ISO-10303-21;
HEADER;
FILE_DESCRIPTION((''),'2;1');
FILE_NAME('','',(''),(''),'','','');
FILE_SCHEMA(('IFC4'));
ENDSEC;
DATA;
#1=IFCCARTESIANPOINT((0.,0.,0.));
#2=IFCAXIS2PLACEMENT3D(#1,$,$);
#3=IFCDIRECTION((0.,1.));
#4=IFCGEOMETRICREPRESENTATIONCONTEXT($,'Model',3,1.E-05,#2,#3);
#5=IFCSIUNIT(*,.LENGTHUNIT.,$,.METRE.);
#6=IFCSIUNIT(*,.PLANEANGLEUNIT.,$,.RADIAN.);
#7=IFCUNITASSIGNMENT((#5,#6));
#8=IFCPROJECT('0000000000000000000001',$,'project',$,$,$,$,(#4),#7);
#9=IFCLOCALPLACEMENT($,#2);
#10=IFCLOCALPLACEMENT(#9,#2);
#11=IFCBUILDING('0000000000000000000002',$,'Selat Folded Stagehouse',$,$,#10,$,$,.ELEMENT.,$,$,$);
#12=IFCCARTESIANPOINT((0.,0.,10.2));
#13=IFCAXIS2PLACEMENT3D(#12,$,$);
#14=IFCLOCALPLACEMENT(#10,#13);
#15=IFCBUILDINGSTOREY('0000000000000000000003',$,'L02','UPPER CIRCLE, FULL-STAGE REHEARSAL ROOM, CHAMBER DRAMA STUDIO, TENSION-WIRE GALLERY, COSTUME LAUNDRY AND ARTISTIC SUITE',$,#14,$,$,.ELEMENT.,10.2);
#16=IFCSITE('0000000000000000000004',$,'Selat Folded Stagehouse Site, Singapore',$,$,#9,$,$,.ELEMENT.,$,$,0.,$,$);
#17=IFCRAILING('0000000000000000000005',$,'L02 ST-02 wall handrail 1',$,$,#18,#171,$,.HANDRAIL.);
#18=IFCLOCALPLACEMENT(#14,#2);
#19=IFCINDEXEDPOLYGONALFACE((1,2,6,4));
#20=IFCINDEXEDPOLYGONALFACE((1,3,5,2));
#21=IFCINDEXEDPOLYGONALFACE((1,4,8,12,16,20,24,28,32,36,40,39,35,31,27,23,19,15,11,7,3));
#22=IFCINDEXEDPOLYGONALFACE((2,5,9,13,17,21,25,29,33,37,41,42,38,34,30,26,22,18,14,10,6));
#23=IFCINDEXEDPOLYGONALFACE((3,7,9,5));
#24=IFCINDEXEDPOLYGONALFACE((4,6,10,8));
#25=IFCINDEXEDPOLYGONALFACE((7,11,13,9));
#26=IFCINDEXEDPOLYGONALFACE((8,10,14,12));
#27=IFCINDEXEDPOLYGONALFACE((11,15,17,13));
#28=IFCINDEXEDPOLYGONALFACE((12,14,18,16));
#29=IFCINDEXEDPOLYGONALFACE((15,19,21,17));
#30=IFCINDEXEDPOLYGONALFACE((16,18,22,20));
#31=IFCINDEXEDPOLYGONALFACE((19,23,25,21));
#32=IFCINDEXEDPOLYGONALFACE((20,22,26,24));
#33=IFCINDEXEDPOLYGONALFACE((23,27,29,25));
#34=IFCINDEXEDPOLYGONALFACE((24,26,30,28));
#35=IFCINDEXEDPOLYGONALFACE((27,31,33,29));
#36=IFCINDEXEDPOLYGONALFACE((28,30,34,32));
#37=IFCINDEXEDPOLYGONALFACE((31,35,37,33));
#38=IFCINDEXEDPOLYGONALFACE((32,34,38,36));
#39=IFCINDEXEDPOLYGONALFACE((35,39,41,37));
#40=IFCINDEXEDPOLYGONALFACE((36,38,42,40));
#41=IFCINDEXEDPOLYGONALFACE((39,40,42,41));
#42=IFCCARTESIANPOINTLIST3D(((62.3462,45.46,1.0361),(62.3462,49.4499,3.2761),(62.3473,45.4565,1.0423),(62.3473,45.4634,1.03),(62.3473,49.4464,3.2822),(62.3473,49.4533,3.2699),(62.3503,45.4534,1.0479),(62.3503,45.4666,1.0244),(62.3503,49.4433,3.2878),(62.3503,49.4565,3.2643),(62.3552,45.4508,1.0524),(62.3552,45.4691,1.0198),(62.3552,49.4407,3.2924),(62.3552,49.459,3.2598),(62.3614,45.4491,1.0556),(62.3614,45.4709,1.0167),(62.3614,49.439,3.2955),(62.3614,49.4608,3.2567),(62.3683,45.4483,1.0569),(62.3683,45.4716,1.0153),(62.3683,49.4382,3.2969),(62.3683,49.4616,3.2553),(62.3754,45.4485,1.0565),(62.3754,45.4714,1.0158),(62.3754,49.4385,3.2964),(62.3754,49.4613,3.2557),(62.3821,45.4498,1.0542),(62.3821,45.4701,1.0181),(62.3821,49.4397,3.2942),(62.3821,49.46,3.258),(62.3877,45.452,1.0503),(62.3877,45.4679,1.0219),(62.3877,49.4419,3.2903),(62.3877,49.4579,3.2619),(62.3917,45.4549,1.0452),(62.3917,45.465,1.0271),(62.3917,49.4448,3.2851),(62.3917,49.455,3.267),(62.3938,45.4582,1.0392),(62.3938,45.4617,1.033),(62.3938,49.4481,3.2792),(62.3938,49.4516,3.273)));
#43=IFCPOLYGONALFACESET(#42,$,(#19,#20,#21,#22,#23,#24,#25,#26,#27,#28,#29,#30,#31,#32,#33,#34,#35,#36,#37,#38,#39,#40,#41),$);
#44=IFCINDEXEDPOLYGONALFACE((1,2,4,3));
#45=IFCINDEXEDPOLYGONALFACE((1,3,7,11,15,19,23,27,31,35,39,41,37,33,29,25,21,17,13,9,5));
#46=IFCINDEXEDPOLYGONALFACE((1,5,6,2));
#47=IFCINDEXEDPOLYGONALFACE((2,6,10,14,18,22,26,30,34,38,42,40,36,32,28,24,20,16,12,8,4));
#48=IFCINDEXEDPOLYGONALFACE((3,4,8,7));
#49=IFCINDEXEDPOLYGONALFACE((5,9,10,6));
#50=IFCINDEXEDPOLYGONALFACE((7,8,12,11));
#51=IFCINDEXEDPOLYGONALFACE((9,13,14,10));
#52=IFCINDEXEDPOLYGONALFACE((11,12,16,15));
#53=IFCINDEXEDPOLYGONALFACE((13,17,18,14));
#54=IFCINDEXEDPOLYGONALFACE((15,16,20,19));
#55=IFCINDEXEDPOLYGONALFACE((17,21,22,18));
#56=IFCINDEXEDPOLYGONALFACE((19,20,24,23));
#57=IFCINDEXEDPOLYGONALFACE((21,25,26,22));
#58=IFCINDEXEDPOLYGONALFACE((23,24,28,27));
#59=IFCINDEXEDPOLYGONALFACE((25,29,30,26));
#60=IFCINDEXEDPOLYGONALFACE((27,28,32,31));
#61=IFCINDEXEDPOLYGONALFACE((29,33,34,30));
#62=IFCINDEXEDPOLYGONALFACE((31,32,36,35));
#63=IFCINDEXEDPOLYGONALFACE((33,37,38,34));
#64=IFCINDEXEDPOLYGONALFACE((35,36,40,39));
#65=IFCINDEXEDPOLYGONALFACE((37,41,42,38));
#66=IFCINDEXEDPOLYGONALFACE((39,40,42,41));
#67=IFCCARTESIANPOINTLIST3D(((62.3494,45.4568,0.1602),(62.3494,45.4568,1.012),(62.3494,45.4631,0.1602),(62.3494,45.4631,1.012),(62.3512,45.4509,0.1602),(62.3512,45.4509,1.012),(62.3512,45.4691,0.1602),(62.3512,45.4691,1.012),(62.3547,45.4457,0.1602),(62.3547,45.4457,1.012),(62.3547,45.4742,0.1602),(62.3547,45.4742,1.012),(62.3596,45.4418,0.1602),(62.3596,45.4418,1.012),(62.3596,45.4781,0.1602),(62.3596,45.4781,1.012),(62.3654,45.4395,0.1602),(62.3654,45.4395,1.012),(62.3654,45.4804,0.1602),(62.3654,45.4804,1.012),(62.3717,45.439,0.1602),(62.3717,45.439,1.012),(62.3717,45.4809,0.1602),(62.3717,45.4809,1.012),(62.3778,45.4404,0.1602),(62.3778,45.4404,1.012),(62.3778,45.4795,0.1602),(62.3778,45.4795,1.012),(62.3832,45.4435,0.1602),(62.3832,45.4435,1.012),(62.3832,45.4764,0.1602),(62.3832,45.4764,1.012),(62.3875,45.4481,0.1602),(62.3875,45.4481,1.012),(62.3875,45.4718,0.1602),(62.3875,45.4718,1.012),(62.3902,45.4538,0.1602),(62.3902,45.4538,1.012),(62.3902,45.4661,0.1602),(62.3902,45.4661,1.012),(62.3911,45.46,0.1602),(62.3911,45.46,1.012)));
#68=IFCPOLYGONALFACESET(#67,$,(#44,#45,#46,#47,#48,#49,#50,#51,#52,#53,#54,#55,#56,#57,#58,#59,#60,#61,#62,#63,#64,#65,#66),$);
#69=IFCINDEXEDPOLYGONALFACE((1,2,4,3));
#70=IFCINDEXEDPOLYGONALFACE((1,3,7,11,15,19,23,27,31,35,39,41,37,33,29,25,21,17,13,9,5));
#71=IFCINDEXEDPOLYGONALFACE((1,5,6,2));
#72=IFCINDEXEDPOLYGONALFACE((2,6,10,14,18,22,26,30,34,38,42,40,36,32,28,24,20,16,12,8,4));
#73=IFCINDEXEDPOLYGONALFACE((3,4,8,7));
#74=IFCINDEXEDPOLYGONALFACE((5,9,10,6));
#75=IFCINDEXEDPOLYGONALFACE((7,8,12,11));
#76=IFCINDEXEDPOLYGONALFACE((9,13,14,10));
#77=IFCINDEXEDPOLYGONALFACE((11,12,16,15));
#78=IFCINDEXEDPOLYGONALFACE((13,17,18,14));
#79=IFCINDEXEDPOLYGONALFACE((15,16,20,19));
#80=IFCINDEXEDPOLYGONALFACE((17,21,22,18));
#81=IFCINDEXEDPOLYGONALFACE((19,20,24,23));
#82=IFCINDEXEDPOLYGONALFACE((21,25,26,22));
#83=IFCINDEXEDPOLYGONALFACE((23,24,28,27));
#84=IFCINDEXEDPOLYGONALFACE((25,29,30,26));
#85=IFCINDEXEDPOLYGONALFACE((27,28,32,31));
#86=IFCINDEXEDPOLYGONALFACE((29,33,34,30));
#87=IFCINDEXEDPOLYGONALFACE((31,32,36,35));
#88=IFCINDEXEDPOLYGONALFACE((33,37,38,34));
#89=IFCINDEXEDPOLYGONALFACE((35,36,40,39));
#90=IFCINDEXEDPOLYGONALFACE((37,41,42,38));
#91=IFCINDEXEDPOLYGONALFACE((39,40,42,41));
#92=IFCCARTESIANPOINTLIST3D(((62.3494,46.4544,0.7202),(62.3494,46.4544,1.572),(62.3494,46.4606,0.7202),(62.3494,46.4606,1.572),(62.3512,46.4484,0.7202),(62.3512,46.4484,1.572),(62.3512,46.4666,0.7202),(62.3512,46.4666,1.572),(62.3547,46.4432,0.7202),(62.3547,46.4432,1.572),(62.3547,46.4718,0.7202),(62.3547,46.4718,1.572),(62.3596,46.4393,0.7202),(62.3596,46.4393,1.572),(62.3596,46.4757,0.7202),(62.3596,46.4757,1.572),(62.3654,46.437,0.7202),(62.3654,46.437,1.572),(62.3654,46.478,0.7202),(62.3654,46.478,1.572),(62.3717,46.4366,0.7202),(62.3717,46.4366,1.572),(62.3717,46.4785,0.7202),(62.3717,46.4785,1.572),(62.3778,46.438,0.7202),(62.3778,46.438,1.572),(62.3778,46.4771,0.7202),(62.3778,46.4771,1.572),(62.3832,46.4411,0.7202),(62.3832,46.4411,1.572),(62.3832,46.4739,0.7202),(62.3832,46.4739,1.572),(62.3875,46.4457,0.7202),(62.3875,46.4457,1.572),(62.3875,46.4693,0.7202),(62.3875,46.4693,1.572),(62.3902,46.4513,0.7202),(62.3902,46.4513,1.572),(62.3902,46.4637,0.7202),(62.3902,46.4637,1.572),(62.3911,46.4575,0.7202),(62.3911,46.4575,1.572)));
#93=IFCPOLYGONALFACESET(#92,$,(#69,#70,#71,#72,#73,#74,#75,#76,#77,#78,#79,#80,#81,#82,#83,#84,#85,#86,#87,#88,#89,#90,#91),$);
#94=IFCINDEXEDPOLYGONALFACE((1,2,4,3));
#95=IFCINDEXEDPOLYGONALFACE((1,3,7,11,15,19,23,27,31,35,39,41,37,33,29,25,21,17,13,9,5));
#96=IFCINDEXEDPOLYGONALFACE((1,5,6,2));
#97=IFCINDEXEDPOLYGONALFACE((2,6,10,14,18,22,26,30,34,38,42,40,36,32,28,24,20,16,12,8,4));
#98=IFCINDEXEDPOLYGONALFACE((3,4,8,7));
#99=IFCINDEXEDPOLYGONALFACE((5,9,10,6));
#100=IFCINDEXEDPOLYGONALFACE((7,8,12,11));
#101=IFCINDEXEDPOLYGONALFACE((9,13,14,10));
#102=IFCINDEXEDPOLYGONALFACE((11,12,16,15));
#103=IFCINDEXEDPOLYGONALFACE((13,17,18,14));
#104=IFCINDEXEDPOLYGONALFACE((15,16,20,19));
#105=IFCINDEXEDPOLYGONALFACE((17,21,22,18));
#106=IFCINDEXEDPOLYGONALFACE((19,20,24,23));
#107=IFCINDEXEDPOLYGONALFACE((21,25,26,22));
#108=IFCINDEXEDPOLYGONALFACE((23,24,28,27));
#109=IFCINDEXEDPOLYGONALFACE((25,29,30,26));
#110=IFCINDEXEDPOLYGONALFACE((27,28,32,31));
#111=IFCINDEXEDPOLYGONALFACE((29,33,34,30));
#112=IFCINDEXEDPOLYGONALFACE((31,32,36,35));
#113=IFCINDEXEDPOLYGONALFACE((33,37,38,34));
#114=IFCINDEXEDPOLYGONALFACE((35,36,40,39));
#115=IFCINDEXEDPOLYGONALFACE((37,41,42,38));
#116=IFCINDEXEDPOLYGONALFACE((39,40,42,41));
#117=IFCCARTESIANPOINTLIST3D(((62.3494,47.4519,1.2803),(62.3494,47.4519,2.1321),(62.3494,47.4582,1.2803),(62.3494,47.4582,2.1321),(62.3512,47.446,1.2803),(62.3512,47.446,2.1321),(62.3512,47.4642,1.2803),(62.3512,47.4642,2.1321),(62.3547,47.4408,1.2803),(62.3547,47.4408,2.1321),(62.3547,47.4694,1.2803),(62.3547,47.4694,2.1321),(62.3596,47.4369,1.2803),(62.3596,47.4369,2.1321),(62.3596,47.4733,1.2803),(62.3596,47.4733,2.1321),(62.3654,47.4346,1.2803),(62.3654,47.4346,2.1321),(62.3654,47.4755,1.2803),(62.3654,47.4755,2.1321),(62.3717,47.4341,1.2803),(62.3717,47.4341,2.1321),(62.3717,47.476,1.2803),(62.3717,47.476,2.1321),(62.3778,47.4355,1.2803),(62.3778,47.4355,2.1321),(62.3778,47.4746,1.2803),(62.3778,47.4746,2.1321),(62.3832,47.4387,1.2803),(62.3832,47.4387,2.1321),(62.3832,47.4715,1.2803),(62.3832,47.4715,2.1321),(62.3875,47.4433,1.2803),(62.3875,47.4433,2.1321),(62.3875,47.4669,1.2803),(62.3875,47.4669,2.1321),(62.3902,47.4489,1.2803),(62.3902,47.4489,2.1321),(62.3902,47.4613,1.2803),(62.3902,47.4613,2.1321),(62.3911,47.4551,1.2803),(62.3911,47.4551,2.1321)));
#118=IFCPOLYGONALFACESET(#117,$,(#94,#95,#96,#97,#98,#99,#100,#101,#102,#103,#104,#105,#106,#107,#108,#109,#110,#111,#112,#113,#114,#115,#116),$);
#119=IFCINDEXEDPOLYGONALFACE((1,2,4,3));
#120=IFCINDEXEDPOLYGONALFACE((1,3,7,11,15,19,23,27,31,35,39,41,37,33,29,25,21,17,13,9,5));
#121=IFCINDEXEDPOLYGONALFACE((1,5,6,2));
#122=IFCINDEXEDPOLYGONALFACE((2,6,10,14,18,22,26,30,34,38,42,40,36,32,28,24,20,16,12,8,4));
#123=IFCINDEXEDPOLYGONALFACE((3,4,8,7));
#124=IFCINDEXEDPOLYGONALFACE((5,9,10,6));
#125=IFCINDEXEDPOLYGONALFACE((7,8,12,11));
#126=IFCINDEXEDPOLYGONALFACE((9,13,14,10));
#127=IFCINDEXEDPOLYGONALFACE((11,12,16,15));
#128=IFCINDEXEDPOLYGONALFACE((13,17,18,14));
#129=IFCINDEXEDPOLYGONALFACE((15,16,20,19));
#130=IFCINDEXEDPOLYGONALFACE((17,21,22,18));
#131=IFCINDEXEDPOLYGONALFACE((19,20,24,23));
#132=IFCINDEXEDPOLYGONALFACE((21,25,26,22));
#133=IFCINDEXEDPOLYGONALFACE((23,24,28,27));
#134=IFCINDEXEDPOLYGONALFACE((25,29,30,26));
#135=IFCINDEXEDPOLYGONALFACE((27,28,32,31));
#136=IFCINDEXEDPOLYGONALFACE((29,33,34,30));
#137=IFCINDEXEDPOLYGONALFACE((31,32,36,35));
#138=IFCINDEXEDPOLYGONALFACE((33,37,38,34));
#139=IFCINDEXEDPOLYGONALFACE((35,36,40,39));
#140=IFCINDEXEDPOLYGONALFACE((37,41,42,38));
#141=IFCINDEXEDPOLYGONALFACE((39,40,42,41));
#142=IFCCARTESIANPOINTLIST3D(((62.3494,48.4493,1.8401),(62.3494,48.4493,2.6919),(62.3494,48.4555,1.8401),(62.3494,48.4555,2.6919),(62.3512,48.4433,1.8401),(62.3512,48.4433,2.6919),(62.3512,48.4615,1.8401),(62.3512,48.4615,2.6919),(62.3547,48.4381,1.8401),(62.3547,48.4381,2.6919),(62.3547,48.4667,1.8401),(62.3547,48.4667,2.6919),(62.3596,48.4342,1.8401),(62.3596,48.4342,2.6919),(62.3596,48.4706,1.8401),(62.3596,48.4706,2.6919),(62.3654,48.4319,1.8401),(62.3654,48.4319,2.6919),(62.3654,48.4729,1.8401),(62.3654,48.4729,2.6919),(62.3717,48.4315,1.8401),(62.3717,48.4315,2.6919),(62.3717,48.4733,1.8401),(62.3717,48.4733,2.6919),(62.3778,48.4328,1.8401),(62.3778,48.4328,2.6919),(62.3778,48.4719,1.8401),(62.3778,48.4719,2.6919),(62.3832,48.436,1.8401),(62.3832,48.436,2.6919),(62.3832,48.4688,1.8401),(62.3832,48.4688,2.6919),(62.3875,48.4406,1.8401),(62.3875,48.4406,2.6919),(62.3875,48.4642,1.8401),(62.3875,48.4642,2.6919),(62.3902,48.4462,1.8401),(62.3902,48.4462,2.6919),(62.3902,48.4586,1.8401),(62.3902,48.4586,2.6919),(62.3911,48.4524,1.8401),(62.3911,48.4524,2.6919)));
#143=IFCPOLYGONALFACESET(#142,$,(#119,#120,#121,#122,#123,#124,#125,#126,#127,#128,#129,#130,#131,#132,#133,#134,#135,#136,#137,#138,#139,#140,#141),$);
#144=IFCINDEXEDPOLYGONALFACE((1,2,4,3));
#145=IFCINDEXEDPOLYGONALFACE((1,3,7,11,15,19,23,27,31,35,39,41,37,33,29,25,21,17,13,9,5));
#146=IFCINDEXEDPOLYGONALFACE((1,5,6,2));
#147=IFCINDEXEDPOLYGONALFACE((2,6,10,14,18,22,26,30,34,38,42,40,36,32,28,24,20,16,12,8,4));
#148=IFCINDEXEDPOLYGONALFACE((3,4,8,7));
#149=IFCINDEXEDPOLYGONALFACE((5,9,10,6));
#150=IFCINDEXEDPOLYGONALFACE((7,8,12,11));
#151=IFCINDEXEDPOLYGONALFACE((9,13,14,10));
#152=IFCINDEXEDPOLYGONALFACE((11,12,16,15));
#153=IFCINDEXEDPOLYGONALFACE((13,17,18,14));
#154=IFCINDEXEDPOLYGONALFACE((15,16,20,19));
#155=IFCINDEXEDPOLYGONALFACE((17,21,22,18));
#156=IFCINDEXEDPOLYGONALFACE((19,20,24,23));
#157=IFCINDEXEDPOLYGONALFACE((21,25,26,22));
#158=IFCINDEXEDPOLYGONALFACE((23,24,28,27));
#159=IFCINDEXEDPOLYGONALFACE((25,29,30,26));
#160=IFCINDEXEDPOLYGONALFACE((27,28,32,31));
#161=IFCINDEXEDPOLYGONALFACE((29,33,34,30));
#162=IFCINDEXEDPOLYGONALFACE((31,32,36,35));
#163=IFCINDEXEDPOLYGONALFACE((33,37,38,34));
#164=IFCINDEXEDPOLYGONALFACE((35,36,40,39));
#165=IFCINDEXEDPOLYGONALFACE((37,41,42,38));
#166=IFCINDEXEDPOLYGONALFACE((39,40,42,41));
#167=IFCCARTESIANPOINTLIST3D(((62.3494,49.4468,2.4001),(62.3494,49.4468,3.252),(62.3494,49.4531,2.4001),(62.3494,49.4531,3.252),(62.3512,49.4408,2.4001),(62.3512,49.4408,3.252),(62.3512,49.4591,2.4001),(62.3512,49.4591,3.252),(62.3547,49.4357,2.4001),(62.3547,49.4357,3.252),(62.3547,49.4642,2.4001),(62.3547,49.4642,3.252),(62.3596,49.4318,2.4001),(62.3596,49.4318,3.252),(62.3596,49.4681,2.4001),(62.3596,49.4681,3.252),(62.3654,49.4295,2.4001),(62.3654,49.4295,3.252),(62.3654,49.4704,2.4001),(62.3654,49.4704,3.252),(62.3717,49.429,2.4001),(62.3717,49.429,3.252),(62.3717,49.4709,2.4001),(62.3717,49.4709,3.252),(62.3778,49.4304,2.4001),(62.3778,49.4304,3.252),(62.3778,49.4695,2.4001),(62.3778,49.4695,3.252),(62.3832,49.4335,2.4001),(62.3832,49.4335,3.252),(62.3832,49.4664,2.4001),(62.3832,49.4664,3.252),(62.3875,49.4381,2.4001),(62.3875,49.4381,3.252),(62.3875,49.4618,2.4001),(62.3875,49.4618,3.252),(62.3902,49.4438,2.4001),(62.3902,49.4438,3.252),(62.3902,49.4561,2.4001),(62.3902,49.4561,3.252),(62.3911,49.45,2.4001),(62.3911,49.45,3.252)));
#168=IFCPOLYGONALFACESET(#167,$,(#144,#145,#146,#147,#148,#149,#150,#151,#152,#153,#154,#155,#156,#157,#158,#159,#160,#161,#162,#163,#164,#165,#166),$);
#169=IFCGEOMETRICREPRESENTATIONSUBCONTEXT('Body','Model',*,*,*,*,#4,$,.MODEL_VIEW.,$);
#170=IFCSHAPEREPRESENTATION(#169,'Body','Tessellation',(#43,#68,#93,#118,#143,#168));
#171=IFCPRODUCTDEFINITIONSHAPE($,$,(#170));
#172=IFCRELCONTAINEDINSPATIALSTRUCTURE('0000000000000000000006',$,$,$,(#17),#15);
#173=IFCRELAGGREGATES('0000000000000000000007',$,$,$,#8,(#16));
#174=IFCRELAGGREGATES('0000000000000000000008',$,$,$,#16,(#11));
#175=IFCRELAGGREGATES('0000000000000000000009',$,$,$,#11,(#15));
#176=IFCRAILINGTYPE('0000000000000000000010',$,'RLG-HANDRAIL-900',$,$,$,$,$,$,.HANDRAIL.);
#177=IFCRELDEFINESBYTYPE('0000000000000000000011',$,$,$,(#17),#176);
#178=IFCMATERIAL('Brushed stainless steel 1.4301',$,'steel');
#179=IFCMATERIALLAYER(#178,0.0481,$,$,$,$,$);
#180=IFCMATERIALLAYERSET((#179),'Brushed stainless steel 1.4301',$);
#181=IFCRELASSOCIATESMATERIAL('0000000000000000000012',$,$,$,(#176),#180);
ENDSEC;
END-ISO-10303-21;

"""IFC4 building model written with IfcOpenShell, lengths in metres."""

from ifc_helpers import new_model, si_unit, direction, frame, origin, origin_2d, place, context, subcontext, project, spatial, circle, extrude, material, layer, layer_set, type_object, element, save


model = new_model("IFC4")

# Units and contexts
model_context = context("Model", 3, precision=1e-05, world=origin(), true_north=direction((0.0, 1.0)))
body_context = subcontext(model_context, "Body", "Model", "MODEL_VIEW")
ifc_project = project(units=[si_unit("LENGTHUNIT", "METRE"), si_unit("PLANEANGLEUNIT", "RADIAN")], contexts=[model_context])

# Site, building, storey
site_placement = place(None, origin())
site = spatial("IfcSite", under=ifc_project, at=site_placement, Name="Selat Folded Stagehouse Site, Singapore", CompositionType="ELEMENT", RefElevation=0.0)
building_placement = place(site_placement, origin())
building = spatial("IfcBuilding", under=site, at=building_placement, Name="Selat Folded Stagehouse", CompositionType="ELEMENT")
storey_placement = place(building_placement, frame((0.0, 0.0, 10.2)))
storey = spatial("IfcBuildingStorey", under=building, at=storey_placement, Name="L02", Description="UPPER CIRCLE, FULL-STAGE REHEARSAL ROOM, CHAMBER DRAMA STUDIO, TENSION-WIRE GALLERY, COSTUME LAUNDRY AND ARTISTIC SUITE", CompositionType="ELEMENT", Elevation=10.2)

# Railing
ifc_material_1 = material(Name="Brushed stainless steel 1.4301", Category="steel")
ifc_layer_1 = layer(ifc_material_1, 0.0481)
ifc_layer_set_1 = layer_set([ifc_layer_1], Name="Brushed stainless steel 1.4301")
railing_type_1 = type_object("IfcRailingType", Name="RLG-HANDRAIL-900", PredefinedType="HANDRAIL", material=ifc_layer_set_1)
railing_1_placement = place(storey_placement, frame((62.3701, 45.46, 0.1602)))
element("IfcRailing", 1, at=railing_1_placement, inside=storey, type_object=railing_type_1, Name="L02 ST-02 wall handrail 1", PredefinedType="HANDRAIL", context=body_context, shape_type="SweptSolid", body=[
    extrude(circle(Radius=0.0239, at=origin_2d()), frame((0.0, 0.0, 0.876), z_axis=(0.0, 0.871984, 0.489534), x_axis=(-1.0, 0.0, 0.0)), (0.0, 0.0, 1.0), 4.5757),
    extrude(circle(Radius=0.021, at=origin_2d()), origin(), (0.0, 0.0, 1.0), 0.8518),
    extrude(circle(Radius=0.021, at=origin_2d()), frame((0.0, 0.9976, 0.5601)), (0.0, 0.0, 1.0), 0.8518),
    extrude(circle(Radius=0.021, at=origin_2d()), frame((0.0, 1.9951, 1.1201)), (0.0, 0.0, 1.0), 0.8518),
    extrude(circle(Radius=0.021, at=origin_2d()), frame((0.0, 2.9924, 1.6799)), (0.0, 0.0, 1.0), 0.8518),
    extrude(circle(Radius=0.021, at=origin_2d()), frame((0.0, 3.99, 2.24)), (0.0, 0.0, 1.0), 0.8518),
])

save(model, "model.ifc")
